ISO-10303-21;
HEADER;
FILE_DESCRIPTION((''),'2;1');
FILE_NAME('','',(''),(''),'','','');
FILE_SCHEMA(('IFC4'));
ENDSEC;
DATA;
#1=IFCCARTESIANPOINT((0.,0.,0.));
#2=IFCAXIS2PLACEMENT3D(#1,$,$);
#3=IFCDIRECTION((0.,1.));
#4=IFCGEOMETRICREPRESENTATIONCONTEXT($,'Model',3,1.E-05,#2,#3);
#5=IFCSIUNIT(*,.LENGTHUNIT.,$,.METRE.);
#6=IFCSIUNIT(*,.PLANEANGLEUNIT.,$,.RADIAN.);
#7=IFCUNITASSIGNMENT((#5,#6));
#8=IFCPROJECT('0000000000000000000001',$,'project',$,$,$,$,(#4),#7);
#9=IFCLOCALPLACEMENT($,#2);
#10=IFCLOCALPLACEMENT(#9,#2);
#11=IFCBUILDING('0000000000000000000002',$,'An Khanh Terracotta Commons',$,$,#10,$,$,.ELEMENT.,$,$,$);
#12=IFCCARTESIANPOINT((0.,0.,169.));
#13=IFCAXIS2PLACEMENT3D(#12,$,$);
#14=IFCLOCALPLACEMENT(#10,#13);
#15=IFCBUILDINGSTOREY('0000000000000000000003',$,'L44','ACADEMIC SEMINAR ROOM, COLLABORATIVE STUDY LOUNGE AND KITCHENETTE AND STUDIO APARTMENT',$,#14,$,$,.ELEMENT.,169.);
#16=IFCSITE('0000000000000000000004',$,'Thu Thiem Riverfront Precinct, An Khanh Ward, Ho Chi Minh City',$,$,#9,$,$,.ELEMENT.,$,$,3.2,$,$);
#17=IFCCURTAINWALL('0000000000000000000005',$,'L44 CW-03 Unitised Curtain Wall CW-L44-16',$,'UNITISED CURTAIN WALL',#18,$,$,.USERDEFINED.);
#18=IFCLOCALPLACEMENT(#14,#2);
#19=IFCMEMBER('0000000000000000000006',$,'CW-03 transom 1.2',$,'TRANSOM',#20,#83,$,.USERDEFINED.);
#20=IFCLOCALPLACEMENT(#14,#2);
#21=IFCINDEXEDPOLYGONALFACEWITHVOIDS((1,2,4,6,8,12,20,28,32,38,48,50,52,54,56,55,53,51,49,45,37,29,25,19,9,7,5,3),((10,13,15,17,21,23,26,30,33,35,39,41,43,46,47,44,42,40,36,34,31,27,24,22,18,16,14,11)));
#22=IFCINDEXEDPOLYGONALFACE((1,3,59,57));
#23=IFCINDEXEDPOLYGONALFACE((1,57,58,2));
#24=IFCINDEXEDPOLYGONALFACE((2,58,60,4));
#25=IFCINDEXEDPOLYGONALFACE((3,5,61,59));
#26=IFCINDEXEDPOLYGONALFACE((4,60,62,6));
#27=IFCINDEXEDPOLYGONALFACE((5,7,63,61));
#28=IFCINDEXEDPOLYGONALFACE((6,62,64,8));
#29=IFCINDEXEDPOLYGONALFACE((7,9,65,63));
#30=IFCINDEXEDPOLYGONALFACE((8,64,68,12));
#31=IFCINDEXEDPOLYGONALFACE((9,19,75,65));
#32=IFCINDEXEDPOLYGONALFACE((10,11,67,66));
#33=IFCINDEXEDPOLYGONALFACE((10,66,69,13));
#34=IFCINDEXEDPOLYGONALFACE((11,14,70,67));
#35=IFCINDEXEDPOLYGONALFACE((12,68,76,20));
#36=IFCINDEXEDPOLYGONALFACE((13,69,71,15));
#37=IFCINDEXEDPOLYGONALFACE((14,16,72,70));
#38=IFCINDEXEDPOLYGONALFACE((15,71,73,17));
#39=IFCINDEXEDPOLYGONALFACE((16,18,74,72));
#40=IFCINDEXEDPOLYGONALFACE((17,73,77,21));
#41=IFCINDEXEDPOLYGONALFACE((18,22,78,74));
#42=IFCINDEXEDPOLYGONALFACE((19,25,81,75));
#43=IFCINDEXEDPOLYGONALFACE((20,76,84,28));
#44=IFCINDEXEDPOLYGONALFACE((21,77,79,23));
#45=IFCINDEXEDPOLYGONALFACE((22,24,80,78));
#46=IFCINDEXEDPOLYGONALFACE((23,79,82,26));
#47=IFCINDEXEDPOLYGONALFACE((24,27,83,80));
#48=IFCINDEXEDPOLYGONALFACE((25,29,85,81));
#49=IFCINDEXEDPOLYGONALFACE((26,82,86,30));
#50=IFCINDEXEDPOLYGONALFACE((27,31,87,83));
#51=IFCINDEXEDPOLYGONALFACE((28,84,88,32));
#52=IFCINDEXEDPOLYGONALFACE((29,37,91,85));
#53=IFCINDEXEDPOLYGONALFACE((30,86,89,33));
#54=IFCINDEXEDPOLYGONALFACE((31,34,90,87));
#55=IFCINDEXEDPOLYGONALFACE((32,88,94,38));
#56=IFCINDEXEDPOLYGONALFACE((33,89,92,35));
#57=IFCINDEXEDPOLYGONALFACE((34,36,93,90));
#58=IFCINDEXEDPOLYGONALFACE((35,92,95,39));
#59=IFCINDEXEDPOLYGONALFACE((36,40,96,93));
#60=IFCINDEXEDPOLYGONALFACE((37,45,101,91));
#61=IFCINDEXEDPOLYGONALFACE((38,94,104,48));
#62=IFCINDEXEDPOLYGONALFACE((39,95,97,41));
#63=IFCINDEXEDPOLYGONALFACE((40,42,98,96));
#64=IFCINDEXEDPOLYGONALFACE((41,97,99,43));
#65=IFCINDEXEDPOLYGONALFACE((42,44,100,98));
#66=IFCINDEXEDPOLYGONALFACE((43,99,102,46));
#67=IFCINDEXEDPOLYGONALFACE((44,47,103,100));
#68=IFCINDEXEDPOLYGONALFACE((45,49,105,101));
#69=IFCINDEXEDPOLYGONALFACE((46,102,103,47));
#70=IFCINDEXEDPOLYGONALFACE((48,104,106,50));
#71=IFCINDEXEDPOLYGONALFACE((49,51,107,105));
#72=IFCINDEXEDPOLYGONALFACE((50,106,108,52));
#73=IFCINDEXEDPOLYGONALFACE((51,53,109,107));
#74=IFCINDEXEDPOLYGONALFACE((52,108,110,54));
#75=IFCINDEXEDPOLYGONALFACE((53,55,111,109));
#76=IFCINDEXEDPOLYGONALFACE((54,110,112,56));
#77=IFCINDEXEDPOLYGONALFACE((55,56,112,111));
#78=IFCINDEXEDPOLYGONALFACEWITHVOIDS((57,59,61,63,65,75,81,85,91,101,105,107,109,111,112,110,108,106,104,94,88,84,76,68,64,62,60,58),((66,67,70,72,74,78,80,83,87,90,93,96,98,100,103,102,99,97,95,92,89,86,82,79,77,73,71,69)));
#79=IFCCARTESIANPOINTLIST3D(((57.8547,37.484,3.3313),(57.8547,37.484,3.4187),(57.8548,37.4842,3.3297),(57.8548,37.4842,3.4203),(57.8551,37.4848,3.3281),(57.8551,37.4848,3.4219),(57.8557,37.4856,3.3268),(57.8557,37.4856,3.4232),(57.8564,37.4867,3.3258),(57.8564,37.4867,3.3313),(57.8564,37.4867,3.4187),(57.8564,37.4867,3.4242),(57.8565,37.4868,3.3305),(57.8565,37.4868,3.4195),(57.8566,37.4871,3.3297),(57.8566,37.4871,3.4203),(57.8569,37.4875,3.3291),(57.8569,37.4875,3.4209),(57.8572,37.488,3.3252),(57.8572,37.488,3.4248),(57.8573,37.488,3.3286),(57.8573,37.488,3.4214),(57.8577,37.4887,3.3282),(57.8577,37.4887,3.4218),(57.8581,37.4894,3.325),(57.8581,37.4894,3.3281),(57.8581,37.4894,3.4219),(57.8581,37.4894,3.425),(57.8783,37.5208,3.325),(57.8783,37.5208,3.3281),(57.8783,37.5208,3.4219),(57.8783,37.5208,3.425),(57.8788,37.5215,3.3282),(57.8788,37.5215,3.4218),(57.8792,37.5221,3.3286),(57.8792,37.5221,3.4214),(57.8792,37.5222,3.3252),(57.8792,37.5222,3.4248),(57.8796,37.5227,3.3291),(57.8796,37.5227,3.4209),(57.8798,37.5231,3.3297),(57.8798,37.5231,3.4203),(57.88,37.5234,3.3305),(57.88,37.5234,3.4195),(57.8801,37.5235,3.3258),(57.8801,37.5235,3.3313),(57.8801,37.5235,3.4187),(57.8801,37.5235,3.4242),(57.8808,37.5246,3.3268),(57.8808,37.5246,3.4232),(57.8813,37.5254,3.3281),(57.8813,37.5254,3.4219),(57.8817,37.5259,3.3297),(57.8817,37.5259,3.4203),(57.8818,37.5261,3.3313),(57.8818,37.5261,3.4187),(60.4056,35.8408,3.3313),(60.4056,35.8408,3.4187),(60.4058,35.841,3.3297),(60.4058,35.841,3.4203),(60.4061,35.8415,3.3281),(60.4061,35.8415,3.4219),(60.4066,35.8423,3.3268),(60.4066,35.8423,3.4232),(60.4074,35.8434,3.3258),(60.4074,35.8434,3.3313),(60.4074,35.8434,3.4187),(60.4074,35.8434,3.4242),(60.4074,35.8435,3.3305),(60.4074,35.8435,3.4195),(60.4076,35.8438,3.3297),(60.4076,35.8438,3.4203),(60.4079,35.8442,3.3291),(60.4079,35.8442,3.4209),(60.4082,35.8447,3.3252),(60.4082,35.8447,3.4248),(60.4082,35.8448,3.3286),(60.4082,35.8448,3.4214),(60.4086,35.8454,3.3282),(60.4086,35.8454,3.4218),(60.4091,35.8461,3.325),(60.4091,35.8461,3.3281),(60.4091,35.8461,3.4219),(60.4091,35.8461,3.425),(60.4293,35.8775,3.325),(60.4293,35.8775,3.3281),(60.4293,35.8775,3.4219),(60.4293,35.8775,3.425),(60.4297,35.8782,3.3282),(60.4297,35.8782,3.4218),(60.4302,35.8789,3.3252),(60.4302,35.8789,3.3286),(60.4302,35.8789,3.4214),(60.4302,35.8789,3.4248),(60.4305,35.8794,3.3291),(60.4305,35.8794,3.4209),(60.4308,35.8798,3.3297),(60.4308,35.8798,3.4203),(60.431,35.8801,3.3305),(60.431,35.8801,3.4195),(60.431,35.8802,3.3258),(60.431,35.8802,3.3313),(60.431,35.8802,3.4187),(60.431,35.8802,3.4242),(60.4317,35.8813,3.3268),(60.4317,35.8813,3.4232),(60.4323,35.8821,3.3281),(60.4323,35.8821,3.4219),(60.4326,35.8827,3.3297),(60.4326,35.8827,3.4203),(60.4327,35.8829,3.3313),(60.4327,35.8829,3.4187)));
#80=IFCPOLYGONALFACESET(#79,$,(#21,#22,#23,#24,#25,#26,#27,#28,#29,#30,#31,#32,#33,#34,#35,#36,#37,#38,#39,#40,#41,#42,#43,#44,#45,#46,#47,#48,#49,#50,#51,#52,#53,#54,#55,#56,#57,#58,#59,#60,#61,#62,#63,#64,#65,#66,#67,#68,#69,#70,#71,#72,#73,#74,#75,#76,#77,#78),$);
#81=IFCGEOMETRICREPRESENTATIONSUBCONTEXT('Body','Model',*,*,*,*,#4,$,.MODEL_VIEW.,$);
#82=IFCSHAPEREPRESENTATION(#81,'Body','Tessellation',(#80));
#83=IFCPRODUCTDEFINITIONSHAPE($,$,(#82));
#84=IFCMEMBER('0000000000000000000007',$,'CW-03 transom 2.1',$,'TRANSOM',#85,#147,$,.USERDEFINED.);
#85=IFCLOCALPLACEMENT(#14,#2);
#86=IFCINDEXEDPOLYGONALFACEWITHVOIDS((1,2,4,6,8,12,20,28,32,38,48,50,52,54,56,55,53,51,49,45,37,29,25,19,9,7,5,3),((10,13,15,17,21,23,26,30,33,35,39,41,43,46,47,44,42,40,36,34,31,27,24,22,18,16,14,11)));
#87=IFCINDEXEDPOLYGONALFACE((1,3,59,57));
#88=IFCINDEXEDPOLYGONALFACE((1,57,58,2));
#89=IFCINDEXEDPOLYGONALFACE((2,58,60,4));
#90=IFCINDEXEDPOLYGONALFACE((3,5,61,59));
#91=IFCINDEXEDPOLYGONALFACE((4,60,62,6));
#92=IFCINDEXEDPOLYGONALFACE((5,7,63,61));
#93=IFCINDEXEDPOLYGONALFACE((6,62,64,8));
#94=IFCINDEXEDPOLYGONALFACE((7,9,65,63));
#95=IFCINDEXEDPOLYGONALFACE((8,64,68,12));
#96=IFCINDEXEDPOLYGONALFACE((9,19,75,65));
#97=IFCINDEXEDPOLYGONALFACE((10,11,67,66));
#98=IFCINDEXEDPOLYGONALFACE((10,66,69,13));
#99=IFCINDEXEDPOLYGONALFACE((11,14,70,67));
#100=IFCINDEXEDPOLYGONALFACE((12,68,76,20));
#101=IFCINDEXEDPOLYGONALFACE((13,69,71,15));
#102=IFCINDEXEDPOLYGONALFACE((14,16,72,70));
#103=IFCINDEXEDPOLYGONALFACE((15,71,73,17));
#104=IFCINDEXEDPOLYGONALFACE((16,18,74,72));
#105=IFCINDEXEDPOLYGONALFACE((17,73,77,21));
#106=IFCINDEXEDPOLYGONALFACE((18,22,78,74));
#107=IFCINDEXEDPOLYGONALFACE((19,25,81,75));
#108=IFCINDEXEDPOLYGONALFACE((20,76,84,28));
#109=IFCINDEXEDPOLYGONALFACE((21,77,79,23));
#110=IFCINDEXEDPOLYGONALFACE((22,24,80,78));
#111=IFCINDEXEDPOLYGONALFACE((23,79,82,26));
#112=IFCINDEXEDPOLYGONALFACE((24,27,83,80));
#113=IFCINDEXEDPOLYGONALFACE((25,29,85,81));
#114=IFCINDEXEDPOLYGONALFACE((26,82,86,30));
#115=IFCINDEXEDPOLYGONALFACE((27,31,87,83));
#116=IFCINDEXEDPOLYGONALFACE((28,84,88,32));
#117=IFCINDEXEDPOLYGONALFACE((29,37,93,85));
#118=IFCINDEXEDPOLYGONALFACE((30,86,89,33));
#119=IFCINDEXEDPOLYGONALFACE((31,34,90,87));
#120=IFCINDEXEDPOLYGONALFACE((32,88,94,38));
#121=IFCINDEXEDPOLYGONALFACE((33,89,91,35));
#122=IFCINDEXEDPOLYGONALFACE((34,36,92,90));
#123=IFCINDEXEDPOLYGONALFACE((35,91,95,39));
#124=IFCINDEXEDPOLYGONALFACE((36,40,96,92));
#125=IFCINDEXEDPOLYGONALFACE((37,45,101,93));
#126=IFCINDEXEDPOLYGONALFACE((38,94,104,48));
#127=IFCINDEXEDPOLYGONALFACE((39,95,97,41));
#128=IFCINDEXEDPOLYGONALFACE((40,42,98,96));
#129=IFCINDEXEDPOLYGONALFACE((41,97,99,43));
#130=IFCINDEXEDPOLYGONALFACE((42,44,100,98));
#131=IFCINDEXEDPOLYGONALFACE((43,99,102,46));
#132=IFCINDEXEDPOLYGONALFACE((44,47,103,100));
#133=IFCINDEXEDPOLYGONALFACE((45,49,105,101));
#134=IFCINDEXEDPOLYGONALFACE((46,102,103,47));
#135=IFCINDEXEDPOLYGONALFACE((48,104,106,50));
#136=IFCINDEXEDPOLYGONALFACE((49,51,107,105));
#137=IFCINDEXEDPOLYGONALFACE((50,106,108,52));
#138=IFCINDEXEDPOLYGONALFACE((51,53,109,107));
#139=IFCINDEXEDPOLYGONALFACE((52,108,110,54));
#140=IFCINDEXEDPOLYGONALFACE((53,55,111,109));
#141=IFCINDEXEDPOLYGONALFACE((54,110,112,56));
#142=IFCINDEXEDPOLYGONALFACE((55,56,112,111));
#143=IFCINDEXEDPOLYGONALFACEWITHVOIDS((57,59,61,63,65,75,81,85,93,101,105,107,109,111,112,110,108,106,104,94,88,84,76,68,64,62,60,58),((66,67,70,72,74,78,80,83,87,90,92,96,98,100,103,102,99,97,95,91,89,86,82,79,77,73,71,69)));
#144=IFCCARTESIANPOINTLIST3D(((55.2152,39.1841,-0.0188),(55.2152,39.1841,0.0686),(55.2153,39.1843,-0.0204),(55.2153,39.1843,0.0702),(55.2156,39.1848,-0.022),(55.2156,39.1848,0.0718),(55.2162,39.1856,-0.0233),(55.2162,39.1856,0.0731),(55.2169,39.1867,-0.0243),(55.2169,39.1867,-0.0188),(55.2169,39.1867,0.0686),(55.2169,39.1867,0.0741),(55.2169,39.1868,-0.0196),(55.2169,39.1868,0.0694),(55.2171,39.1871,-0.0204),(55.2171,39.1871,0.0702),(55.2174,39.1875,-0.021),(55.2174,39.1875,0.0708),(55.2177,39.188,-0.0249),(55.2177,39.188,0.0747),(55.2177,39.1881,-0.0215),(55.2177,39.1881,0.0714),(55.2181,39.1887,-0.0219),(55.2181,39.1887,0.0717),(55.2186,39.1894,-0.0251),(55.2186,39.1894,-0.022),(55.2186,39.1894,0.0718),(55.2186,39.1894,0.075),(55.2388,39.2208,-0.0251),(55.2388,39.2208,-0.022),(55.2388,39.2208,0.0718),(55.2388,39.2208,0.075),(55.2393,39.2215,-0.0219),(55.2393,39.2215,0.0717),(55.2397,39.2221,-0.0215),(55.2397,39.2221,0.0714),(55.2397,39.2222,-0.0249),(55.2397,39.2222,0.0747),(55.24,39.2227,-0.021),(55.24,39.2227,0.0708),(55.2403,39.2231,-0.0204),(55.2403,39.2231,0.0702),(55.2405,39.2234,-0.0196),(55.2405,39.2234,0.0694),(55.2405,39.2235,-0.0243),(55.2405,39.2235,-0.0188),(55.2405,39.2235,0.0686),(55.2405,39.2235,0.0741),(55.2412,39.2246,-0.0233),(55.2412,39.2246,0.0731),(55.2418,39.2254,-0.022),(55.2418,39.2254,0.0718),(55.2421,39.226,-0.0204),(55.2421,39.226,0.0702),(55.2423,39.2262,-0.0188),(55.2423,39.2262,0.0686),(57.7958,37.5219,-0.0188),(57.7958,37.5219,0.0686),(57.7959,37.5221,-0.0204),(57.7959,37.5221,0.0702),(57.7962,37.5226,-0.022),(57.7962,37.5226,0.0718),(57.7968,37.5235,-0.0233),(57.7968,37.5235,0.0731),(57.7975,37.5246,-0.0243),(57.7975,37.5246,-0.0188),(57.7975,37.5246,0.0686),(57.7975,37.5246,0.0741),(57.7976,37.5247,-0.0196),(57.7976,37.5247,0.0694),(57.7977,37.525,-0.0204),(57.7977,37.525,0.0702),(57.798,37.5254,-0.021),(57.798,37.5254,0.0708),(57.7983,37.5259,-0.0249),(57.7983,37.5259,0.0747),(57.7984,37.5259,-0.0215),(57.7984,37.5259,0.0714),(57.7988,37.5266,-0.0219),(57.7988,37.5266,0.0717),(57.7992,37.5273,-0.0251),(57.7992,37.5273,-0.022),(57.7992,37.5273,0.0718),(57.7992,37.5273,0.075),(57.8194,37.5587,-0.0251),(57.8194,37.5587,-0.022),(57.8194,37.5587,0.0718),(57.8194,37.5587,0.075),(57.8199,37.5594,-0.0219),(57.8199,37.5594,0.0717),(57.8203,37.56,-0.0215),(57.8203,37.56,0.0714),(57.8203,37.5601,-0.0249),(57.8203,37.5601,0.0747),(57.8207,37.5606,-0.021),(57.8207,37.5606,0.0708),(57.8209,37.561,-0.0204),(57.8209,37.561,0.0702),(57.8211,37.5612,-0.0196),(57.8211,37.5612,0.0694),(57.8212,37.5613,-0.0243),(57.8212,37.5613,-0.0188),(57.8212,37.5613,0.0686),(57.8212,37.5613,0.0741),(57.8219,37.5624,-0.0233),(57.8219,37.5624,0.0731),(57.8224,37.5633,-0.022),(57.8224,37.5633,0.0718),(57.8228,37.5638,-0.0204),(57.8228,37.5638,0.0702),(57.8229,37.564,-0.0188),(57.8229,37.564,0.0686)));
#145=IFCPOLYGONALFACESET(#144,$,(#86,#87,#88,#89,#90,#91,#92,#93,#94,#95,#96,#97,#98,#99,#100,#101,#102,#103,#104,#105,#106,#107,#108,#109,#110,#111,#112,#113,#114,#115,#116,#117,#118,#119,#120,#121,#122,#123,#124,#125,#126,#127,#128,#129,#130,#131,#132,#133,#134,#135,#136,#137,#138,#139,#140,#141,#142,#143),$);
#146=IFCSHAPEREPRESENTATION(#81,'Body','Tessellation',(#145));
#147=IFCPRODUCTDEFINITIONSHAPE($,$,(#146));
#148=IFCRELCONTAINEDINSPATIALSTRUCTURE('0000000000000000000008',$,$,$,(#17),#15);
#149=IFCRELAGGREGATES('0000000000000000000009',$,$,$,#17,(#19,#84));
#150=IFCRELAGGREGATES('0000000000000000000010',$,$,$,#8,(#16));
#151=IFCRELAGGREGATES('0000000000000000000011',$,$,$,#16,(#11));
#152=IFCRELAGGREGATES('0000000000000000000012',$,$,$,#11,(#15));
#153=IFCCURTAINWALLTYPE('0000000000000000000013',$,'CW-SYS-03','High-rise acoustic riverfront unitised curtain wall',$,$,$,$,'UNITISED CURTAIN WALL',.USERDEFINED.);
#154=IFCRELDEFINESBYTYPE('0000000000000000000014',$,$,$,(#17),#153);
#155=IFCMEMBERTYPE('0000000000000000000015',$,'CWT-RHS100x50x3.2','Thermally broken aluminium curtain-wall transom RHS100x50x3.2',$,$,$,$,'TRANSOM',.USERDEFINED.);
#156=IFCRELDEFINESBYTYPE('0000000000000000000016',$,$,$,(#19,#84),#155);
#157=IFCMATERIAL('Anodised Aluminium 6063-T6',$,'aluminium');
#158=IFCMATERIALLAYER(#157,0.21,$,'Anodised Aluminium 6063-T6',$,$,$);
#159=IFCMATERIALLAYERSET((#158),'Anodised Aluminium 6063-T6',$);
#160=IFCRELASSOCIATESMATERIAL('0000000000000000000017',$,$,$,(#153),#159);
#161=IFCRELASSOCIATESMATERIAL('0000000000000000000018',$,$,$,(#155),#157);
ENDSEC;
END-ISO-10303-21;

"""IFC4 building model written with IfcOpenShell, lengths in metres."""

from ifc_helpers import new_model, si_unit, direction, frame, origin, origin_2d, place, context, subcontext, project, spatial, hollow_rectangle, extrude, material, layer, layer_set, material_profile, profile_set, type_object, element, aggregate, save


model = new_model("IFC4")

# Units and contexts
model_context = context("Model", 3, precision=1e-05, world=origin(), true_north=direction((0.0, 1.0)))
body_context = subcontext(model_context, "Body", "Model", "MODEL_VIEW")
ifc_project = project(units=[si_unit("LENGTHUNIT", "METRE"), si_unit("PLANEANGLEUNIT", "RADIAN")], contexts=[model_context])

# Site, building, storey
site_placement = place(None, origin())
site = spatial("IfcSite", under=ifc_project, at=site_placement, Name="Thu Thiem Riverfront Precinct, An Khanh Ward, Ho Chi Minh City", CompositionType="ELEMENT", RefElevation=3.2)
building_placement = place(site_placement, origin())
building = spatial("IfcBuilding", under=site, at=building_placement, Name="An Khanh Terracotta Commons", CompositionType="ELEMENT")
storey_placement = place(building_placement, frame((0.0, 0.0, 169.0)))
storey = spatial("IfcBuildingStorey", under=building, at=storey_placement, Name="L44", Description="ACADEMIC SEMINAR ROOM, COLLABORATIVE STUDY LOUNGE AND KITCHENETTE AND STUDIO APARTMENT", CompositionType="ELEMENT", Elevation=169.0)

# Curtain wall
ifc_material_1 = material(Name="Anodised Aluminium 6063-T6", Category="aluminium")
ifc_layer_1 = layer(ifc_material_1, 0.21, Name="Anodised Aluminium 6063-T6")
ifc_layer_set_1 = layer_set([ifc_layer_1], Name="Anodised Aluminium 6063-T6")
curtain_wall_type = type_object("IfcCurtainWallType", Name="CW-SYS-03", Description="High-rise acoustic riverfront unitised curtain wall", ElementType="UNITISED CURTAIN WALL", PredefinedType="USERDEFINED", material=ifc_layer_set_1)
curtain_wall_1_placement = place(storey_placement, origin())
curtain_wall_1 = element("IfcCurtainWall", 1, at=curtain_wall_1_placement, inside=storey, type_object=curtain_wall_type, Name="L44 CW-03 Unitised Curtain Wall CW-L44-16", ObjectType="UNITISED CURTAIN WALL", PredefinedType="USERDEFINED")

# Members
ifc_material_profile_1 = material_profile(ifc_material_1, hollow_rectangle(XDim=0.05, YDim=0.1001, WallThickness=0.0032, InnerFilletRadius=0.0032, OuterFilletRadius=0.0063, at=origin_2d()), Name="RHS100x50x3.2")
ifc_profile_set_1 = profile_set([ifc_material_profile_1], Name="Anodised Aluminium 6063-T6")
member_type_1 = type_object("IfcMemberType", Name="CWT-RHS100x50x3.2", Description="Thermally broken aluminium curtain-wall transom RHS100x50x3.2", ElementType="TRANSOM", PredefinedType="USERDEFINED", material=ifc_profile_set_1)
member_1_placement = place(storey_placement, frame((60.4192, 35.8618, 3.375), z_axis=(-0.840674, 0.541542, 0.0), x_axis=(-0.541542, -0.840674, 0.0)))
member_1 = element("IfcMember", 2, at=member_1_placement, type_object=member_type_1, Name="CW-03 transom 1.2", ObjectType="TRANSOM", PredefinedType="USERDEFINED", context=body_context, shape_type="SweptSolid", body=[
    extrude(hollow_rectangle(XDim=0.05, YDim=0.1001, WallThickness=0.0032, InnerFilletRadius=0.0032, OuterFilletRadius=0.0063, at=origin_2d()), origin(), (0.0, 0.0, 1.0), 3.0344),
])
member_2_placement = place(storey_placement, frame((57.8093, 37.543, 0.0249), z_axis=(-0.840708, 0.541489, 0.0), x_axis=(-0.541489, -0.840708, 0.0)))
member_2 = element("IfcMember", 3, at=member_2_placement, type_object=member_type_1, Name="CW-03 transom 2.1", ObjectType="TRANSOM", PredefinedType="USERDEFINED", context=body_context, shape_type="SweptSolid", body=[
    extrude(hollow_rectangle(XDim=0.05, YDim=0.1001, WallThickness=0.0032, InnerFilletRadius=0.0032, OuterFilletRadius=0.0063, at=origin_2d()), origin(), (0.0, 0.0, 1.0), 3.0696),
])

aggregate(curtain_wall_1, [member_1, member_2])

save(model, "model.ifc")
